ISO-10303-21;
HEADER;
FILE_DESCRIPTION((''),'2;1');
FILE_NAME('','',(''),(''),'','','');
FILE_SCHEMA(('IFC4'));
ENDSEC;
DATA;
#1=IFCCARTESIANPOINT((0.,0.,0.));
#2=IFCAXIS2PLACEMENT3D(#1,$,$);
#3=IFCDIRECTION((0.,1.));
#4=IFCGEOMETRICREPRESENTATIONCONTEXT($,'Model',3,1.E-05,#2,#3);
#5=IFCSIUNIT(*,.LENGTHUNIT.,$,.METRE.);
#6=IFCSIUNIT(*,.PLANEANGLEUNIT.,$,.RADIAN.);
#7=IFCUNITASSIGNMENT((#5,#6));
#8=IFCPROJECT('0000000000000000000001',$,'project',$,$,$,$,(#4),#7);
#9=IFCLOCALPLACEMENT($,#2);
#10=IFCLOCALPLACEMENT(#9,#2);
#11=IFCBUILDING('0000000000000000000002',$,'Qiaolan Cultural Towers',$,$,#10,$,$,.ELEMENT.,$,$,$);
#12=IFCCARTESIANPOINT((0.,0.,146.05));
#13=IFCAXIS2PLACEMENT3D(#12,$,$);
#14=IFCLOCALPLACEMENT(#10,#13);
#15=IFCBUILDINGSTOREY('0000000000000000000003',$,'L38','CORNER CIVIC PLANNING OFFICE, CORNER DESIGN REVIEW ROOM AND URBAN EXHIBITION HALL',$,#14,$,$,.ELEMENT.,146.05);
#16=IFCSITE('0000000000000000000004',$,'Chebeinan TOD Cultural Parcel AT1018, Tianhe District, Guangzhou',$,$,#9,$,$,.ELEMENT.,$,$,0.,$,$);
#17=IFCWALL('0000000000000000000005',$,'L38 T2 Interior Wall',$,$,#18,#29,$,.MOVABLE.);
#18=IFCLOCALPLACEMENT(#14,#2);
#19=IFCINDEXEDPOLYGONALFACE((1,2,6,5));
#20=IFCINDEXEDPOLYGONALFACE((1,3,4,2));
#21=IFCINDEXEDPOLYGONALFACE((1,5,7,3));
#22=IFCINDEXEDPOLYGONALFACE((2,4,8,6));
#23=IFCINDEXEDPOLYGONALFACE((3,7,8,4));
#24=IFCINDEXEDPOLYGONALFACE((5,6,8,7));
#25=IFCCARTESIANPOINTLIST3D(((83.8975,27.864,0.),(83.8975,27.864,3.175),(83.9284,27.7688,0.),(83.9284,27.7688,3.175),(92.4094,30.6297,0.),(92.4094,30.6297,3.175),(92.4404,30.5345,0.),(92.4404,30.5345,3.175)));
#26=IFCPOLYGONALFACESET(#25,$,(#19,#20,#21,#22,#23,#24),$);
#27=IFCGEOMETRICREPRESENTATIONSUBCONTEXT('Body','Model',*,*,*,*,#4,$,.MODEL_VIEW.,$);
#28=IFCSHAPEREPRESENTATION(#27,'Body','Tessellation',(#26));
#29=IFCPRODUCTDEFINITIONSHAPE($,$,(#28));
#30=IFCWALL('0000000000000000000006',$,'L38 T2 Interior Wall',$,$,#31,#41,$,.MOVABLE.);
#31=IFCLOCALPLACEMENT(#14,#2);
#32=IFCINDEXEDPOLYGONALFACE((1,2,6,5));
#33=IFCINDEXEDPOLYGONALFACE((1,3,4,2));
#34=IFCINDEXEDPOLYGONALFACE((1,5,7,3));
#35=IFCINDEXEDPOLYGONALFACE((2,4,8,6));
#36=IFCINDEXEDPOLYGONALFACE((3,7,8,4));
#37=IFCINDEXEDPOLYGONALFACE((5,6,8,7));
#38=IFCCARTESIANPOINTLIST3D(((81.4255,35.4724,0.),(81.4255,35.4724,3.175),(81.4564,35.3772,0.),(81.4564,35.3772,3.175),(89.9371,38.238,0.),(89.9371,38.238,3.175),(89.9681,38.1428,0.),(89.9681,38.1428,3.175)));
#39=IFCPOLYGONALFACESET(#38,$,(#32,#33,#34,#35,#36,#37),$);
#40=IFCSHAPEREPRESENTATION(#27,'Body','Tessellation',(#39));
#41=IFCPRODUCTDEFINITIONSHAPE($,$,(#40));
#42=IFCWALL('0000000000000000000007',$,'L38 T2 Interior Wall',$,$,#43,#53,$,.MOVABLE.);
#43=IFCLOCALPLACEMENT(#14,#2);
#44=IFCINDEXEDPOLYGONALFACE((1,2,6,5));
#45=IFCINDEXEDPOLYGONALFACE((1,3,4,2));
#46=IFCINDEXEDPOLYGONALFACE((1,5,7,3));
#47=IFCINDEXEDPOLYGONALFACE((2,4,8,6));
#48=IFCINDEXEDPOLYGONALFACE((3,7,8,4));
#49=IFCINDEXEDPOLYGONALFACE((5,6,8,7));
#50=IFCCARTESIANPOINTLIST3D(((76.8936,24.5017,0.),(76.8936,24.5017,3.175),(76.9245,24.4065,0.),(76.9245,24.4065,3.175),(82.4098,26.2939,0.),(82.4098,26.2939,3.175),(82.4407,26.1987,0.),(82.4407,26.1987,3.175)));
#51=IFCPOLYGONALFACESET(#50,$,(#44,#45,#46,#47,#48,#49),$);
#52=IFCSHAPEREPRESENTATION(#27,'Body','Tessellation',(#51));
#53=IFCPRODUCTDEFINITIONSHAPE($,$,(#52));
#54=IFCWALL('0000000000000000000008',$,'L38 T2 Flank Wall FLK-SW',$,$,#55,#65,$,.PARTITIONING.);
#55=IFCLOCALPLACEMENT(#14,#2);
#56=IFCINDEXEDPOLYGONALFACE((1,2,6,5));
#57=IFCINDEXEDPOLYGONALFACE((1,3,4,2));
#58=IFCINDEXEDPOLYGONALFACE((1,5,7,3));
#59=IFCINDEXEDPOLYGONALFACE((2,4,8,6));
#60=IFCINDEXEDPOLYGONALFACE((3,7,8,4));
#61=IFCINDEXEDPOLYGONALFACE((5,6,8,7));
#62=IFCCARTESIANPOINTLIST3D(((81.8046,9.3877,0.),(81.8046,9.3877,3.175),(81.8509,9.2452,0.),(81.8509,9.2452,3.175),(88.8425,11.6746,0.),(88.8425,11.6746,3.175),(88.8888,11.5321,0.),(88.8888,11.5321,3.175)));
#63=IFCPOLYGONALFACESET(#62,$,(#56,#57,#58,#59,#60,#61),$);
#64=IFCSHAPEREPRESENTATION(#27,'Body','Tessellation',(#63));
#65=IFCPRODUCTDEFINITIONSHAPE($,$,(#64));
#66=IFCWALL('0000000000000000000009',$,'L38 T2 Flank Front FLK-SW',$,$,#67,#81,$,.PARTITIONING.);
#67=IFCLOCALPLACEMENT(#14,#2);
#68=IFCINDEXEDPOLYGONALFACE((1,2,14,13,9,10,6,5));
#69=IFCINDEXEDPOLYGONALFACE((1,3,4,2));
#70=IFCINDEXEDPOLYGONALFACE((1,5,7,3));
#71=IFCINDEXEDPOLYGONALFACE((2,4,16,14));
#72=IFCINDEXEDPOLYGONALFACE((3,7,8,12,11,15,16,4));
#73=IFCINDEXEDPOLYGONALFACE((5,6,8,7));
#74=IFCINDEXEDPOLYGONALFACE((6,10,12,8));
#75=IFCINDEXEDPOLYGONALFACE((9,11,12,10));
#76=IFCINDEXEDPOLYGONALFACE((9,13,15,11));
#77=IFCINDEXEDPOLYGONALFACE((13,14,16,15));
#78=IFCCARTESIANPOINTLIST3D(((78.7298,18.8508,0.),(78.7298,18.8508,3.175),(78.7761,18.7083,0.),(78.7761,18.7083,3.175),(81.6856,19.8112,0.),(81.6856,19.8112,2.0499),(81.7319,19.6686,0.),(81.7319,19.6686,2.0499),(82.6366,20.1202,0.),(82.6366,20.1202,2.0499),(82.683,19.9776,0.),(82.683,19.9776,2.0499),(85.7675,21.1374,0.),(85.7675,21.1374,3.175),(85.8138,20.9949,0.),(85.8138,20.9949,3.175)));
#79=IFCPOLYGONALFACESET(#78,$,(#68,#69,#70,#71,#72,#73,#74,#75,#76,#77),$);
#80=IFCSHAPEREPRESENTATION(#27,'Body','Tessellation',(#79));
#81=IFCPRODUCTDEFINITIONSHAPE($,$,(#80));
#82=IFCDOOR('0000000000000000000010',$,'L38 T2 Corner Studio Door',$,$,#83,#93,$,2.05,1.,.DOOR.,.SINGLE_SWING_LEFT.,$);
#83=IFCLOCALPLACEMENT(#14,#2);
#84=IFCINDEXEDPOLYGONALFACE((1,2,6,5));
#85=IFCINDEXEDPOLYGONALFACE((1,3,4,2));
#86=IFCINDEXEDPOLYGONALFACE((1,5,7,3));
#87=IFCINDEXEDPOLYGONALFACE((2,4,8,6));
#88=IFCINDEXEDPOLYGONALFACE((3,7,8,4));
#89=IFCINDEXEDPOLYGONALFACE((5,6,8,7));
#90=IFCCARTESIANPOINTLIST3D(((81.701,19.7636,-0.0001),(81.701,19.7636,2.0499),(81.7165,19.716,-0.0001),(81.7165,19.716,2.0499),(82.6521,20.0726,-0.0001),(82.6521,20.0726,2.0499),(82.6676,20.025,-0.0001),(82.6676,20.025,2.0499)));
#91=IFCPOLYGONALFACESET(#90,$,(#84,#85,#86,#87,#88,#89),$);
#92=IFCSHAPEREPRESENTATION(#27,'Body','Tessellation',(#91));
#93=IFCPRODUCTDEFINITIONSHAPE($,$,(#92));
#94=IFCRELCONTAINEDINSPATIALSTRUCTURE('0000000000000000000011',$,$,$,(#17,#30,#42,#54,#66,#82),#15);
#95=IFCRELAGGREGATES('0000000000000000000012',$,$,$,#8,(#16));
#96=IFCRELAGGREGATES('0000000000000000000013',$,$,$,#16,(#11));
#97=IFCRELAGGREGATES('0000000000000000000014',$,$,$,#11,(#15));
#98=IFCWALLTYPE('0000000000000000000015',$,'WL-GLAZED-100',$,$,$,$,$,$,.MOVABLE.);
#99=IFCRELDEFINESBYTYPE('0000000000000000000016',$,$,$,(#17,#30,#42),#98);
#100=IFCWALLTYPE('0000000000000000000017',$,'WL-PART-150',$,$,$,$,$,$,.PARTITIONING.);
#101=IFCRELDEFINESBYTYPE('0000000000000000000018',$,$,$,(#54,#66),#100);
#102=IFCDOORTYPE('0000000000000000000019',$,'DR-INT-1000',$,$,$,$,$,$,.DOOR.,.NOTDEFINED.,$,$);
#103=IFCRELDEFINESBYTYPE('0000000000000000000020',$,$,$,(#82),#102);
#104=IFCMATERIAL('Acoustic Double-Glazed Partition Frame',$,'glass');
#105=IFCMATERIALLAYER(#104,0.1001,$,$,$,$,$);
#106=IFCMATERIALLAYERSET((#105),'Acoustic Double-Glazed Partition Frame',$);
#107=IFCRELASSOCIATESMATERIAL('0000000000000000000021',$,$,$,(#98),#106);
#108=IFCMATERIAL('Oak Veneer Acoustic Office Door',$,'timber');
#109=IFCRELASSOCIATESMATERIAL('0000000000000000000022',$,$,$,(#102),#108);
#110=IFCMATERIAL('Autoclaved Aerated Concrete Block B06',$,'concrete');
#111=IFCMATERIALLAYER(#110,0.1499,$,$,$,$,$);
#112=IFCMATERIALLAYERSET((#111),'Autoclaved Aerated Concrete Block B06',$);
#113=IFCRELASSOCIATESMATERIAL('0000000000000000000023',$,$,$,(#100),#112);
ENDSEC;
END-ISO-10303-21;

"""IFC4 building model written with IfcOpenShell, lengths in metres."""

from ifc_helpers import new_model, si_unit, direction, frame, frame_2d, origin, place, context, subcontext, project, spatial, rectangle, extrude, material, layer, layer_set, type_object, element, fill, save


model = new_model("IFC4")

# Units and contexts
model_context = context("Model", 3, precision=1e-05, world=origin(), true_north=direction((0.0, 1.0)))
body_context = subcontext(model_context, "Body", "Model", "MODEL_VIEW")
ifc_project = project(units=[si_unit("LENGTHUNIT", "METRE"), si_unit("PLANEANGLEUNIT", "RADIAN")], contexts=[model_context])

# Site, building, storey
site_placement = place(None, origin())
site = spatial("IfcSite", under=ifc_project, at=site_placement, Name="Chebeinan TOD Cultural Parcel AT1018, Tianhe District, Guangzhou", CompositionType="ELEMENT", RefElevation=0.0)
building_placement = place(site_placement, origin())
building = spatial("IfcBuilding", under=site, at=building_placement, Name="Qiaolan Cultural Towers", CompositionType="ELEMENT")
storey_placement = place(building_placement, frame((0.0, 0.0, 146.05)))
storey = spatial("IfcBuildingStorey", under=building, at=storey_placement, Name="L38", Description="CORNER CIVIC PLANNING OFFICE, CORNER DESIGN REVIEW ROOM AND URBAN EXHIBITION HALL", CompositionType="ELEMENT", Elevation=146.05)

# Shared definitions
ifc_material_1 = material(Name="Acoustic Double-Glazed Partition Frame", Category="glass")
ifc_layer_1 = layer(ifc_material_1, 0.1001)
ifc_layer_set_1 = layer_set([ifc_layer_1], Name="Acoustic Double-Glazed Partition Frame")
wall_type_1 = type_object("IfcWallType", Name="WL-GLAZED-100", PredefinedType="MOVABLE", material=ifc_layer_set_1)

# Shared definitions
ifc_material_2 = material(Name="Oak Veneer Acoustic Office Door", Category="timber")
door_type_1 = type_object("IfcDoorType", Name="DR-INT-1000", OperationType="NOTDEFINED", PredefinedType="DOOR", material=ifc_material_2)

# Walls
wall_1_placement = place(storey_placement, frame((83.9128, 27.8164, 0.0), z_axis=(0.0, 0.0, 1.0), x_axis=(0.951059, 0.309009, 0.0)))
element("IfcWall", 1, at=wall_1_placement, inside=storey, type_object=wall_type_1, Name="L38 T2 Interior Wall", PredefinedType="MOVABLE", context=body_context, shape_type="SweptSolid", body=[
    extrude(rectangle(XDim=8.95, YDim=0.1001, at=frame_2d((4.4751, 0.0))), origin(), (0.0, 0.0, 1.0), 3.175),
])
wall_2_placement = place(storey_placement, frame((81.4409, 35.4248, 0.0), z_axis=(0.0, 0.0, 1.0), x_axis=(0.951057, 0.309017, 0.0)))
element("IfcWall", 2, at=wall_2_placement, inside=storey, type_object=wall_type_1, Name="L38 T2 Interior Wall", PredefinedType="MOVABLE", context=body_context, shape_type="SweptSolid", body=[
    extrude(rectangle(XDim=8.9497, YDim=0.1001, at=frame_2d((4.4749, 0.0))), origin(), (0.0, 0.0, 1.0), 3.175),
])
wall_3_placement = place(storey_placement, frame((76.9092, 24.4541, 0.0), z_axis=(0.0, 0.0, 1.0), x_axis=(0.951059, 0.309008, 0.0)))
element("IfcWall", 3, at=wall_3_placement, inside=storey, type_object=wall_type_1, Name="L38 T2 Interior Wall", PredefinedType="MOVABLE", context=body_context, shape_type="SweptSolid", body=[
    extrude(rectangle(XDim=5.8, YDim=0.1001, at=frame_2d((2.8999, 0.0))), origin(), (0.0, 0.0, 1.0), 3.175),
])
ifc_material_3 = material(Name="Autoclaved Aerated Concrete Block B06", Category="concrete")
ifc_layer_2 = layer(ifc_material_3, 0.1499)
ifc_layer_set_2 = layer_set([ifc_layer_2], Name="Autoclaved Aerated Concrete Block B06")
wall_type_2 = type_object("IfcWallType", Name="WL-PART-150", PredefinedType="PARTITIONING", material=ifc_layer_set_2)
wall_4_placement = place(storey_placement, frame((81.8276, 9.3164, 0.0), z_axis=(0.0, 0.0, 1.0), x_axis=(0.951051, 0.309033, 0.0)))
element("IfcWall", 4, at=wall_4_placement, inside=storey, type_object=wall_type_2, Name="L38 T2 Flank Wall FLK-SW", PredefinedType="PARTITIONING", context=body_context, shape_type="SweptSolid", body=[
    extrude(rectangle(XDim=7.4001, YDim=0.1499, at=frame_2d((3.7002, 0.0))), origin(), (0.0, 0.0, 1.0), 3.175),
])

# Wall, opening, door
wall_5_placement = place(storey_placement, frame((78.7529, 18.7795, 0.0), z_axis=(0.0, 0.0, 1.0), x_axis=(0.951061, 0.309003, 0.0)))
wall_5 = element("IfcWall", 5, at=wall_5_placement, inside=storey, type_object=wall_type_2, Name="L38 T2 Flank Front FLK-SW", PredefinedType="PARTITIONING", context=body_context, shape_type="SweptSolid", body=[
    extrude(rectangle(XDim=7.3999, YDim=0.1499, at=frame_2d((3.7, 0.0))), origin(), (0.0, 0.0, 1.0), 3.175),
])
opening_1_placement = place(wall_5_placement, frame((3.1079, 0.0, 0.0)))
opening_1 = element("IfcOpeningElement", 6, at=opening_1_placement, cuts=wall_5, PredefinedType="OPENING", context=body_context, shape_type="SweptSolid", body=[
    extrude(rectangle(XDim=1.0, YDim=2.05, at=frame_2d((0.5, 1.0249))), frame((0.0, 0.085, 0.0), z_axis=(0.0, -1.0, 0.0), x_axis=(1.0, 0.0, 0.0)), (0.0, 0.0, 1.0), 0.1699),
])
door_1_placement = place(opening_1_placement, origin())
door_1 = element("IfcDoor", 7, at=door_1_placement, inside=storey, type_object=door_type_1, Name="L38 T2 Corner Studio Door", OperationType="SINGLE_SWING_LEFT", OverallHeight=2.05, OverallWidth=1.0, PredefinedType="DOOR", context=body_context, shape_type="SweptSolid", body=[
    extrude(rectangle(XDim=1.0, YDim=2.05, at=frame_2d((0.5, 1.0249))), frame((0.0, 0.0249, 0.0), z_axis=(0.0, -1.0, 0.0), x_axis=(1.0, 0.0, 0.0)), (0.0, 0.0, 1.0), 0.05),
])
fill(opening_1, door_1)

save(model, "model.ifc")
